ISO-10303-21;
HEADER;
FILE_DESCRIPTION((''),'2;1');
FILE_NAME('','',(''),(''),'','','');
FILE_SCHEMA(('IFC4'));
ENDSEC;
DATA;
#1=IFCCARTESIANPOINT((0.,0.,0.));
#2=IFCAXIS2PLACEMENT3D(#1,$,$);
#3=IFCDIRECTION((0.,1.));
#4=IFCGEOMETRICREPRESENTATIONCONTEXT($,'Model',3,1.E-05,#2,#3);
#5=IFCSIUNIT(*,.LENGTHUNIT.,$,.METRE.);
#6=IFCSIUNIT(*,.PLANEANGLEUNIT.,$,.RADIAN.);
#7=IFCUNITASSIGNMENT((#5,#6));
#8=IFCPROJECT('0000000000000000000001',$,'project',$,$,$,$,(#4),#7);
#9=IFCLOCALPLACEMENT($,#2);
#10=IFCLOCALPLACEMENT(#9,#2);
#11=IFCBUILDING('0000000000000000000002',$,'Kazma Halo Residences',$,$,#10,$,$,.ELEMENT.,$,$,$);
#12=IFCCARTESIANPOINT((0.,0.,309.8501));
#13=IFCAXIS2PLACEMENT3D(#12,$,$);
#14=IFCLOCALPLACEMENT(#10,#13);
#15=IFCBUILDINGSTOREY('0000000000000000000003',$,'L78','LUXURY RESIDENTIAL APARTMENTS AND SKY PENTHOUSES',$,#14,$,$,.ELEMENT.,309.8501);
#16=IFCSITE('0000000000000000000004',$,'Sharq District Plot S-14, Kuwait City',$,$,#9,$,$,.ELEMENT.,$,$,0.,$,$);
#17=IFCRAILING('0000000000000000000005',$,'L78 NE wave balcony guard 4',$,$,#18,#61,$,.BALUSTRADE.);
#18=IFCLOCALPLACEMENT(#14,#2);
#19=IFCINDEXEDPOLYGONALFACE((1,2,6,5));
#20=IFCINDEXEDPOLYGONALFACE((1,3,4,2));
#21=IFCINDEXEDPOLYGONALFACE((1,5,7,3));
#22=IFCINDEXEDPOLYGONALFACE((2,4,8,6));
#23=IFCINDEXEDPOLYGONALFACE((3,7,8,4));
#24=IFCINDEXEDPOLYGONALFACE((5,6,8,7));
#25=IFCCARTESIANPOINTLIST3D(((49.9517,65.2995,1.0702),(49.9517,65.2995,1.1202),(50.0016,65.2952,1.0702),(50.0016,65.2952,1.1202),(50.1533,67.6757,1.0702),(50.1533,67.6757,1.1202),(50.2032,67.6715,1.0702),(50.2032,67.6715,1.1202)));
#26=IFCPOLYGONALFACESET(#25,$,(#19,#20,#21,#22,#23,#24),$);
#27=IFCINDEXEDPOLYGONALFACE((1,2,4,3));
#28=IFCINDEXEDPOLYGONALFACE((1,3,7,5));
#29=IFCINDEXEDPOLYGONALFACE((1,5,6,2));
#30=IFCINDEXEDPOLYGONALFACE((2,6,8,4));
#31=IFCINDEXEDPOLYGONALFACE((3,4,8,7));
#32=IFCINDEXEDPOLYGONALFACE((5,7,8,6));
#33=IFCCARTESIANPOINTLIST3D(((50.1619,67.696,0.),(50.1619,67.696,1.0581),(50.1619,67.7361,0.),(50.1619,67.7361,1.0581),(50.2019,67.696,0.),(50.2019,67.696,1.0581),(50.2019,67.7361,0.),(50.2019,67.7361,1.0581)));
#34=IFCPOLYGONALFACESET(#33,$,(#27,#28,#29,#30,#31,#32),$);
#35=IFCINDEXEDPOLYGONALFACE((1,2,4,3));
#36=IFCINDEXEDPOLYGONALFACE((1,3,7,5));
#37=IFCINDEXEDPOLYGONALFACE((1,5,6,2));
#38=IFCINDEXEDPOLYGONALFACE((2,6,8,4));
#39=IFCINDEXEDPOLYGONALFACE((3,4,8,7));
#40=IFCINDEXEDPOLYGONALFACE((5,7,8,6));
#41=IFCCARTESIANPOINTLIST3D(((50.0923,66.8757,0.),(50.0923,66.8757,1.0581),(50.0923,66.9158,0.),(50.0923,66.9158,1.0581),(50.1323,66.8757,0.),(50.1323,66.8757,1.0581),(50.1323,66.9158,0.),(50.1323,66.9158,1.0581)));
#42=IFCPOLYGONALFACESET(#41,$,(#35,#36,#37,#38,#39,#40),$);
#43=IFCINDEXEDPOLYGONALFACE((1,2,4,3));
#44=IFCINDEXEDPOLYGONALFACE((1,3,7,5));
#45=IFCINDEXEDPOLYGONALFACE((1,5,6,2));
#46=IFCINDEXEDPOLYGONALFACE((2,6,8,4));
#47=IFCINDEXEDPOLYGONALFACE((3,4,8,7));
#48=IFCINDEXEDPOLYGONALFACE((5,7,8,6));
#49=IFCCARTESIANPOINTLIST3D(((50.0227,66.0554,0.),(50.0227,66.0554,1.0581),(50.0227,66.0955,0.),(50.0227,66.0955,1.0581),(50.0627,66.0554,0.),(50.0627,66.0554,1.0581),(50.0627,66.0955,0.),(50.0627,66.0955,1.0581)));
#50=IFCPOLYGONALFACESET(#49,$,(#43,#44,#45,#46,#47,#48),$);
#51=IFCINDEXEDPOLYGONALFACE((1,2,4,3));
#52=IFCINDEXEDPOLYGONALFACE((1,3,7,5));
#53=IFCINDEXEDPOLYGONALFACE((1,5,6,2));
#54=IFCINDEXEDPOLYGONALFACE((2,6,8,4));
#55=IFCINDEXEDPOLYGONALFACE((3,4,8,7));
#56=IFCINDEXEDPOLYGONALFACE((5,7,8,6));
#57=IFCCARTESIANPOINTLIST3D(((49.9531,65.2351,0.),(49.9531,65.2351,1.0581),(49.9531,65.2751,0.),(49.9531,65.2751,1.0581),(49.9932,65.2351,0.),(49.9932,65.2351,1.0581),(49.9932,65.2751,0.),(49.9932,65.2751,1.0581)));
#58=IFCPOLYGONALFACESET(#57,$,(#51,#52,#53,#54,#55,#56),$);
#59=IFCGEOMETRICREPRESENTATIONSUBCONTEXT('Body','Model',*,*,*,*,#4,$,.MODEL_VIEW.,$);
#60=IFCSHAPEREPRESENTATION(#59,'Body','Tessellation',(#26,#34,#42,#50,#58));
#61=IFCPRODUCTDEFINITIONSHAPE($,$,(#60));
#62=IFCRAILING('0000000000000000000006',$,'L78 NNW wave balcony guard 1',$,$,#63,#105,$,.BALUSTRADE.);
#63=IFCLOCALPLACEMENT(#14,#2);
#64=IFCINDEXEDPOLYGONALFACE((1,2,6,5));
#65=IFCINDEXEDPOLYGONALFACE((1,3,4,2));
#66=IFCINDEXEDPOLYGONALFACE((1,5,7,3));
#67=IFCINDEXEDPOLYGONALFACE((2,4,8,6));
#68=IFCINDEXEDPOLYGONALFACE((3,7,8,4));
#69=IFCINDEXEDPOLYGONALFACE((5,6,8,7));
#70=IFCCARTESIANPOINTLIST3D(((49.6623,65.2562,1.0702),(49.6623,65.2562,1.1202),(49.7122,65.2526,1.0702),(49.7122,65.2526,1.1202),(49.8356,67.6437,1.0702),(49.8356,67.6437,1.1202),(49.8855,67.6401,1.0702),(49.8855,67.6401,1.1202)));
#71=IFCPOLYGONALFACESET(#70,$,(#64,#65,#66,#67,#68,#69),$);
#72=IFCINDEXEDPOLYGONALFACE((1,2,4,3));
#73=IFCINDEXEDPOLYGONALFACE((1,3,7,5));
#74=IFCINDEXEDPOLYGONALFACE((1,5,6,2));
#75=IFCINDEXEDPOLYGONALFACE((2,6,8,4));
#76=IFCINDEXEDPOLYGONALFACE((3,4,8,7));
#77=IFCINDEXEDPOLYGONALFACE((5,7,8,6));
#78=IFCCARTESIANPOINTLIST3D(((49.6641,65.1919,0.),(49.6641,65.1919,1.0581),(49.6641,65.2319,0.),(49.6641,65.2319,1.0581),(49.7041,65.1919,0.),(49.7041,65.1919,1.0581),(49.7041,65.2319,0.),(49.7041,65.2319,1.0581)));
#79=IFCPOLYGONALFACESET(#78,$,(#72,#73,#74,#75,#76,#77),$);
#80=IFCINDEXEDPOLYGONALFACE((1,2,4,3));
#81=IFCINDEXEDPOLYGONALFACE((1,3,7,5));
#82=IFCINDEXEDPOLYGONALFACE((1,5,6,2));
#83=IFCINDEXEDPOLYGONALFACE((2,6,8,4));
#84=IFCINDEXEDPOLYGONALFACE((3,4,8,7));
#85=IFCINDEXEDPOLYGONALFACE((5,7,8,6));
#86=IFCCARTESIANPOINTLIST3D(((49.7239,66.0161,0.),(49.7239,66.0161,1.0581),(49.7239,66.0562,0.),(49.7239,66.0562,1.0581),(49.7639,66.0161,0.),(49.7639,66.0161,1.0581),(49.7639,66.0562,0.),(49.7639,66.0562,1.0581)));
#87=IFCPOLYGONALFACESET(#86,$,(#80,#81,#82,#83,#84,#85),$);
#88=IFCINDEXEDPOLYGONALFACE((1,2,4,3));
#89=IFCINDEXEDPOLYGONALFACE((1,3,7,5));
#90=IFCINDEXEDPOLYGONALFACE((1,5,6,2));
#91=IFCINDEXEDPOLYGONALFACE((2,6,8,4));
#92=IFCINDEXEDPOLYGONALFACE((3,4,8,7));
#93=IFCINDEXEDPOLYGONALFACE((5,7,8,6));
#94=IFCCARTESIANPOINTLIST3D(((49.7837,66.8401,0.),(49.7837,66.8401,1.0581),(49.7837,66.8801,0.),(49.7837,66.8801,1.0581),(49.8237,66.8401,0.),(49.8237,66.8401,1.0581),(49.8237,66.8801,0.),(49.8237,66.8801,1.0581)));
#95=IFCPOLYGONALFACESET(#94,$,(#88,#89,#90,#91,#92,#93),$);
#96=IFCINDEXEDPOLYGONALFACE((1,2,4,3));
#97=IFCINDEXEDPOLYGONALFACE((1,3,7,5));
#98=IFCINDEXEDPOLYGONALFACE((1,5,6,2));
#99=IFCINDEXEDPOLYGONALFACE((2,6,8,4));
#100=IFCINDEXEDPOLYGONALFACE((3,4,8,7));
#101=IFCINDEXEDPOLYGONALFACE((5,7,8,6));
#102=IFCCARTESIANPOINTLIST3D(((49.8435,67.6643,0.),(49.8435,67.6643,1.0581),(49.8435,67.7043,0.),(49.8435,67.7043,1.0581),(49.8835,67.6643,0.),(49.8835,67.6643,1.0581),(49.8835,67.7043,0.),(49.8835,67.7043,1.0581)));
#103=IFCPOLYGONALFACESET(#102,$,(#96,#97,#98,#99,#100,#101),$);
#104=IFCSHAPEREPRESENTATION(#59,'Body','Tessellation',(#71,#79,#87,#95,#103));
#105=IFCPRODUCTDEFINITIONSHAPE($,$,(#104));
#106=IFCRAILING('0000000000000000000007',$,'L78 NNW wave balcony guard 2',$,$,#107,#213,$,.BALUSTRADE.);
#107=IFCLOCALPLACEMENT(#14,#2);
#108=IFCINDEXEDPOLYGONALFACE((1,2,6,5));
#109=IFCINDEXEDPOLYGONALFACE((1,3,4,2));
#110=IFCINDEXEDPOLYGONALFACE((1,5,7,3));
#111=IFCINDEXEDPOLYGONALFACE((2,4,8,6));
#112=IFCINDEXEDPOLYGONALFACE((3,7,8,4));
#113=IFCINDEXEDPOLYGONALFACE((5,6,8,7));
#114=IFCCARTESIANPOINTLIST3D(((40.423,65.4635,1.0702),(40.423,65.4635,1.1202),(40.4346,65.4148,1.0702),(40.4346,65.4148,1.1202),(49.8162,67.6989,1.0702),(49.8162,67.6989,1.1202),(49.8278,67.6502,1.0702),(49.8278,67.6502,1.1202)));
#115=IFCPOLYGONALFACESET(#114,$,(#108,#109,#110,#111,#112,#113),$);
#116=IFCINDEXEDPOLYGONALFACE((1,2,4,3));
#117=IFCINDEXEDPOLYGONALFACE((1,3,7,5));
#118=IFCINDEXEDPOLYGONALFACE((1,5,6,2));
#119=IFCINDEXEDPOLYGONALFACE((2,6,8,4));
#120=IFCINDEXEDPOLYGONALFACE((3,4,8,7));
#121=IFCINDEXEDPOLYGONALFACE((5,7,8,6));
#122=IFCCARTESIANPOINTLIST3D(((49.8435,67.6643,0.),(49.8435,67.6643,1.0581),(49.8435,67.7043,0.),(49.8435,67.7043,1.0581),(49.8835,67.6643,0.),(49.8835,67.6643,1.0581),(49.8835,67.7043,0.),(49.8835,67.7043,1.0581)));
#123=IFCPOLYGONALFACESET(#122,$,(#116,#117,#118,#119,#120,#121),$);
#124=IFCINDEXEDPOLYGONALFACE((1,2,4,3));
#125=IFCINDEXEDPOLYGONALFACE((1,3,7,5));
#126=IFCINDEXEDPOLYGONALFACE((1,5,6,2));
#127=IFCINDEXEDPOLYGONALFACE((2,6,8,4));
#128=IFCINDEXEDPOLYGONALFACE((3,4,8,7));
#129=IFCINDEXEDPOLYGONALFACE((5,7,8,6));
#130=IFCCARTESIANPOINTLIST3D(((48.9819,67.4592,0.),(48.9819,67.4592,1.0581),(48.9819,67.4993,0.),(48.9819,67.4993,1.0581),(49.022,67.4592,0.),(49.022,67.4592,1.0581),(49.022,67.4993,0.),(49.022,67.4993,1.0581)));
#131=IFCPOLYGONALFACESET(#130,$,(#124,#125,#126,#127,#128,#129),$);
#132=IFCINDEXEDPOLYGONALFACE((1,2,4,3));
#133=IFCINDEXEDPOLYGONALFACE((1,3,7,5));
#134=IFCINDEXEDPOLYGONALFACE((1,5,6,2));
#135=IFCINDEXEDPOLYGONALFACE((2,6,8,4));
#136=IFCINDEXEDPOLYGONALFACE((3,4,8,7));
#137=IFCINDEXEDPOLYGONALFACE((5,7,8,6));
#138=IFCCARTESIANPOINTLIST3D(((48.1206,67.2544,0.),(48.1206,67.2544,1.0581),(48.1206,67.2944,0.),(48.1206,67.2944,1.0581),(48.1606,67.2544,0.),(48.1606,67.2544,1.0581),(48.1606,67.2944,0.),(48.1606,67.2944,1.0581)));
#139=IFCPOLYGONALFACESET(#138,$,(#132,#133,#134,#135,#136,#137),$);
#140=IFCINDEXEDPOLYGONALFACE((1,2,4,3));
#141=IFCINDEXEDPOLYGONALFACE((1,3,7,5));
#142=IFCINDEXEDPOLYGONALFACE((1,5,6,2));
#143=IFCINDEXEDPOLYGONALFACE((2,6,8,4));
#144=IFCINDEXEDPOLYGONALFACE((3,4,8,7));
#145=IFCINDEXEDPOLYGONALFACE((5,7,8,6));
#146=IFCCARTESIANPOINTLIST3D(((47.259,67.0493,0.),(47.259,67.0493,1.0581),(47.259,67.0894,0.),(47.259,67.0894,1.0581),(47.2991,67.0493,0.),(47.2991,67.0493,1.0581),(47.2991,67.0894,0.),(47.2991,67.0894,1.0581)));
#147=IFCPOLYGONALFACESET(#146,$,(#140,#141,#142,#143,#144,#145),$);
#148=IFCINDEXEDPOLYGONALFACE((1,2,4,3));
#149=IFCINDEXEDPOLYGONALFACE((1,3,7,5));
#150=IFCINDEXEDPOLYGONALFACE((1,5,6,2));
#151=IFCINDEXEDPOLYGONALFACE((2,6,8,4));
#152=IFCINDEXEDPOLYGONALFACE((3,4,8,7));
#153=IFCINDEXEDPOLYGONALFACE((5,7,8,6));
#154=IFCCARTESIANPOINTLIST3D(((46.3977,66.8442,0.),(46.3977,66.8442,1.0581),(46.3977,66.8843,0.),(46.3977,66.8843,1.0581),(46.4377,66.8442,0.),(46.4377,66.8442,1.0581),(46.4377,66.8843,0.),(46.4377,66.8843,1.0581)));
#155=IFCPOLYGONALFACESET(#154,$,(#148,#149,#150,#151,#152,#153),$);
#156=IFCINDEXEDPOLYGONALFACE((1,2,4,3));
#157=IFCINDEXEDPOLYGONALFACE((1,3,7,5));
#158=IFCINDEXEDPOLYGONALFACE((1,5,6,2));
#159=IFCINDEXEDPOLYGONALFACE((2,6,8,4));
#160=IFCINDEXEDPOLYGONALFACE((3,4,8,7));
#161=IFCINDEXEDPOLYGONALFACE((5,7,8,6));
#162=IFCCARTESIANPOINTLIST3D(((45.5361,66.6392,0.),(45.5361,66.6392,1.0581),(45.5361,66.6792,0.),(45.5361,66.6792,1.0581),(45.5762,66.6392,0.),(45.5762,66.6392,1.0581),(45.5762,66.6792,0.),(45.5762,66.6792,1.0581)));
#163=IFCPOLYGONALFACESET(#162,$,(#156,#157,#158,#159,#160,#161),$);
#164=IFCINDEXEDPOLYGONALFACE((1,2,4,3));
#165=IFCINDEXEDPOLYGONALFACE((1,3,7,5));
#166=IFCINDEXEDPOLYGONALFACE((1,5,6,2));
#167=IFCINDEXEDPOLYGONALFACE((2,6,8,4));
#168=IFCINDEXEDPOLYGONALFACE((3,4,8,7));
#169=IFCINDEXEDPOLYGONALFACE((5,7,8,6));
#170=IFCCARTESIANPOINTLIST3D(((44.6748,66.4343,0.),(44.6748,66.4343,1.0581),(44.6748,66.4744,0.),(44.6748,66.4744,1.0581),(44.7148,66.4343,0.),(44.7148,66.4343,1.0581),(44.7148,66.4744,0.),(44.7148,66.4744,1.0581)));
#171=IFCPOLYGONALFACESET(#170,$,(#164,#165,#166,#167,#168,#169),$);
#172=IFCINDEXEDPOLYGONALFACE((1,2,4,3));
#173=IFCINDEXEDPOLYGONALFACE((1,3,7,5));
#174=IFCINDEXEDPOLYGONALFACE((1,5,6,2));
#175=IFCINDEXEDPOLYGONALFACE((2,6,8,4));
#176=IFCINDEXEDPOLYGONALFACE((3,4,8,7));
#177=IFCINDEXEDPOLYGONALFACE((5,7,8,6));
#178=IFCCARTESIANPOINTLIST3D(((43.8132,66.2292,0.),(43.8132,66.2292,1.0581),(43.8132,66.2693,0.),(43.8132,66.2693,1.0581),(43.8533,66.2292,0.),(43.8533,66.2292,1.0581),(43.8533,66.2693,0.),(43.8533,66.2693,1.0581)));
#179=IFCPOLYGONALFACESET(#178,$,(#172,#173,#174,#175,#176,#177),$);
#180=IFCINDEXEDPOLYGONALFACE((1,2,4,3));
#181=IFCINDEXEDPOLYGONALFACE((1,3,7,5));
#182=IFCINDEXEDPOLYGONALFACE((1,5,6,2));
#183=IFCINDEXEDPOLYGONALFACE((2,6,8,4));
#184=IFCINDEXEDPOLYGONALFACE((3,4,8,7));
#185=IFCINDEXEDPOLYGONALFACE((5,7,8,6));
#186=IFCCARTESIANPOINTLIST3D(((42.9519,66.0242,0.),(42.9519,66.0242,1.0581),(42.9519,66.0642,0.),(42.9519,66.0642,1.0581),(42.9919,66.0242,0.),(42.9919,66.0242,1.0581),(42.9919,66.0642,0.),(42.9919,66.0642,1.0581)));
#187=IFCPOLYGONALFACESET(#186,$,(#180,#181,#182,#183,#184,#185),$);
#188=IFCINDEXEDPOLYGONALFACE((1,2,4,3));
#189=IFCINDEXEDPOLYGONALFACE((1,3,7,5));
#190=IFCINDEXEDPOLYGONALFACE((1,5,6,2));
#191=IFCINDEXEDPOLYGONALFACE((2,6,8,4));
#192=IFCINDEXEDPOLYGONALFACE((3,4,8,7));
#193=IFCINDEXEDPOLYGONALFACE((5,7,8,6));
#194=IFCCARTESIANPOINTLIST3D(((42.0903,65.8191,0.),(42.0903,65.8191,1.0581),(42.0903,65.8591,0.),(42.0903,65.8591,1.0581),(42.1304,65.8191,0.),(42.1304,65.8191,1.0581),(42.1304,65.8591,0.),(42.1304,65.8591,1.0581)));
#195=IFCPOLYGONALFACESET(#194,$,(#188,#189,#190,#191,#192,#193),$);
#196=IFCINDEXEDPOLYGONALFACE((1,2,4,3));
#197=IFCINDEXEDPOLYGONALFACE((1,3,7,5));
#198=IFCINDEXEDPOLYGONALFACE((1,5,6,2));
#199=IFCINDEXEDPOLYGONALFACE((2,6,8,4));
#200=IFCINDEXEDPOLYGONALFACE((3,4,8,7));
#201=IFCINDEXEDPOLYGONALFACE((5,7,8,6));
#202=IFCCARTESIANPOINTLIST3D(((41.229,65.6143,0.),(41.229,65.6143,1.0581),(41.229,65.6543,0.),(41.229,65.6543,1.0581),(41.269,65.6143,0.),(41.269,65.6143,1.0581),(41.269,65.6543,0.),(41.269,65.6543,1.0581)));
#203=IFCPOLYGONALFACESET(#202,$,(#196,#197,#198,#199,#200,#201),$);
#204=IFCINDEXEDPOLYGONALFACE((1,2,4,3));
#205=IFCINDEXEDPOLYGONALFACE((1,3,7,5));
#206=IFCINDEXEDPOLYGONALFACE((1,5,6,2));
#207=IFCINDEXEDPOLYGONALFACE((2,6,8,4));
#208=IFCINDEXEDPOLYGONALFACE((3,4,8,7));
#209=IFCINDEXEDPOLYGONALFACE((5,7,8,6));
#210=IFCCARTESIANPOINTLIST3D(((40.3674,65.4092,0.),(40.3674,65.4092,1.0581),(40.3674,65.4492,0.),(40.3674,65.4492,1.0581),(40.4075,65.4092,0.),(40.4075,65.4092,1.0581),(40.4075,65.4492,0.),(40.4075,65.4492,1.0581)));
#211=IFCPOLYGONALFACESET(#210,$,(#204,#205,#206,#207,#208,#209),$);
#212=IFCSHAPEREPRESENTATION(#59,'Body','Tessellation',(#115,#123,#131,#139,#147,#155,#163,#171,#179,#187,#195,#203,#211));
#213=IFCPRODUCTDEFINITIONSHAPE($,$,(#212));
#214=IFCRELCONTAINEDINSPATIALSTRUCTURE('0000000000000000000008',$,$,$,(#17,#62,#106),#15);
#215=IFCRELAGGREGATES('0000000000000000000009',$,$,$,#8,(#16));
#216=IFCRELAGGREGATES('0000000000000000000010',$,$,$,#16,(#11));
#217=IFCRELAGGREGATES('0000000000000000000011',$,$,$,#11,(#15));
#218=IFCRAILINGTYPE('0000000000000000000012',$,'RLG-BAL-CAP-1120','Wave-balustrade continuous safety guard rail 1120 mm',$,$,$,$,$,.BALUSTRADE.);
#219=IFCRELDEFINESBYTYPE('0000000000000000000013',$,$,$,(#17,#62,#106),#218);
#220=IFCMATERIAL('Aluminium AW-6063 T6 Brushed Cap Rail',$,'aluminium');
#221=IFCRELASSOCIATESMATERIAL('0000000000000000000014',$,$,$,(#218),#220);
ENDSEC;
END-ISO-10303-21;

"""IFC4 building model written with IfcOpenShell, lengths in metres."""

from ifc_helpers import new_model, si_unit, direction, frame, origin, origin_2d, place, context, subcontext, project, spatial, rectangle, extrude, material, type_object, element, save


model = new_model("IFC4")

# Units and contexts
model_context = context("Model", 3, precision=1e-05, world=origin(), true_north=direction((0.0, 1.0)))
body_context = subcontext(model_context, "Body", "Model", "MODEL_VIEW")
ifc_project = project(units=[si_unit("LENGTHUNIT", "METRE"), si_unit("PLANEANGLEUNIT", "RADIAN")], contexts=[model_context])

# Site, building, storey
site_placement = place(None, origin())
site = spatial("IfcSite", under=ifc_project, at=site_placement, Name="Sharq District Plot S-14, Kuwait City", CompositionType="ELEMENT", RefElevation=0.0)
building_placement = place(site_placement, origin())
building = spatial("IfcBuilding", under=site, at=building_placement, Name="Kazma Halo Residences", CompositionType="ELEMENT")
storey_placement = place(building_placement, frame((0.0, 0.0, 309.8501)))
storey = spatial("IfcBuildingStorey", under=building, at=storey_placement, Name="L78", Description="LUXURY RESIDENTIAL APARTMENTS AND SKY PENTHOUSES", CompositionType="ELEMENT", Elevation=309.8501)

# Railings
ifc_material_1 = material(Name="Aluminium AW-6063 T6 Brushed Cap Rail", Category="aluminium")
railing_type = type_object("IfcRailingType", Name="RLG-BAL-CAP-1120", Description="Wave-balustrade continuous safety guard rail 1120 mm", PredefinedType="BALUSTRADE", material=ifc_material_1)
railing_1_placement = place(storey_placement, frame((50.1819, 67.7161, 0.0)))
element("IfcRailing", 1, at=railing_1_placement, inside=storey, type_object=railing_type, Name="L78 NE wave balcony guard 4", PredefinedType="BALUSTRADE", context=body_context, shape_type="SweptSolid", body=[
    extrude(rectangle(XDim=0.05, YDim=0.05, at=origin_2d()), frame((-0.0037, -0.0425, 1.0952), z_axis=(-0.084518, -0.996422, 0.0), x_axis=(0.996422, -0.084518, 0.0)), (0.0, 0.0, 1.0), 2.3848),
    extrude(rectangle(XDim=0.04, YDim=0.04, at=origin_2d()), origin(), (0.0, 0.0, 1.0), 1.0581),
    extrude(rectangle(XDim=0.04, YDim=0.04, at=origin_2d()), frame((-0.0696, -0.8203, 0.0)), (0.0, 0.0, 1.0), 1.0581),
    extrude(rectangle(XDim=0.04, YDim=0.04, at=origin_2d()), frame((-0.1392, -1.6406, 0.0)), (0.0, 0.0, 1.0), 1.0581),
    extrude(rectangle(XDim=0.04, YDim=0.04, at=origin_2d()), frame((-0.2087, -2.4609, 0.0)), (0.0, 0.0, 1.0), 1.0581),
])
railing_2_placement = place(storey_placement, frame((49.6841, 65.2119, 0.0)))
element("IfcRailing", 2, at=railing_2_placement, inside=storey, type_object=railing_type, Name="L78 NNW wave balcony guard 1", PredefinedType="BALUSTRADE", context=body_context, shape_type="SweptSolid", body=[
    extrude(rectangle(XDim=0.05, YDim=0.05, at=origin_2d()), frame((0.0032, 0.0425, 1.0952), z_axis=(0.072388, 0.997377, 0.0), x_axis=(-0.997377, 0.072388, 0.0)), (0.0, 0.0, 1.0), 2.3938),
    extrude(rectangle(XDim=0.04, YDim=0.04, at=origin_2d()), origin(), (0.0, 0.0, 1.0), 1.0581),
    extrude(rectangle(XDim=0.04, YDim=0.04, at=origin_2d()), frame((0.0598, 0.8242, 0.0)), (0.0, 0.0, 1.0), 1.0581),
    extrude(rectangle(XDim=0.04, YDim=0.04, at=origin_2d()), frame((0.1196, 1.6482, 0.0)), (0.0, 0.0, 1.0), 1.0581),
    extrude(rectangle(XDim=0.04, YDim=0.04, at=origin_2d()), frame((0.1794, 2.4724, 0.0)), (0.0, 0.0, 1.0), 1.0581),
])
railing_3_placement = place(storey_placement, frame((49.8635, 67.6843, 0.0)))
element("IfcRailing", 3, at=railing_3_placement, inside=storey, type_object=railing_type, Name="L78 NNW wave balcony guard 2", PredefinedType="BALUSTRADE", context=body_context, shape_type="SweptSolid", body=[
    extrude(rectangle(XDim=0.05, YDim=0.05, at=origin_2d()), frame((-0.0415, -0.0098, 1.0952), z_axis=(-0.972831, -0.231515, 0.0), x_axis=(0.231515, -0.972831, 0.0)), (0.0, 0.0, 1.0), 9.6555),
    extrude(rectangle(XDim=0.04, YDim=0.04, at=origin_2d()), origin(), (0.0, 0.0, 1.0), 1.0581),
    extrude(rectangle(XDim=0.04, YDim=0.04, at=origin_2d()), frame((-0.8616, -0.2051, 0.0)), (0.0, 0.0, 1.0), 1.0581),
    extrude(rectangle(XDim=0.04, YDim=0.04, at=origin_2d()), frame((-1.7229, -0.4099, 0.0)), (0.0, 0.0, 1.0), 1.0581),
    extrude(rectangle(XDim=0.04, YDim=0.04, at=origin_2d()), frame((-2.5845, -0.615, 0.0)), (0.0, 0.0, 1.0), 1.0581),
    extrude(rectangle(XDim=0.04, YDim=0.04, at=origin_2d()), frame((-3.4458, -0.8201, 0.0)), (0.0, 0.0, 1.0), 1.0581),
    extrude(rectangle(XDim=0.04, YDim=0.04, at=origin_2d()), frame((-4.3074, -1.0251, 0.0)), (0.0, 0.0, 1.0), 1.0581),
    extrude(rectangle(XDim=0.04, YDim=0.04, at=origin_2d()), frame((-5.1687, -1.23, 0.0)), (0.0, 0.0, 1.0), 1.0581),
    extrude(rectangle(XDim=0.04, YDim=0.04, at=origin_2d()), frame((-6.0303, -1.4351, 0.0)), (0.0, 0.0, 1.0), 1.0581),
    extrude(rectangle(XDim=0.04, YDim=0.04, at=origin_2d()), frame((-6.8916, -1.6401, 0.0)), (0.0, 0.0, 1.0), 1.0581),
    extrude(rectangle(XDim=0.04, YDim=0.04, at=origin_2d()), frame((-7.7532, -1.8452, 0.0)), (0.0, 0.0, 1.0), 1.0581),
    extrude(rectangle(XDim=0.04, YDim=0.04, at=origin_2d()), frame((-8.6145, -2.05, 0.0)), (0.0, 0.0, 1.0), 1.0581),
    extrude(rectangle(XDim=0.04, YDim=0.04, at=origin_2d()), frame((-9.4761, -2.2551, 0.0)), (0.0, 0.0, 1.0), 1.0581),
])

save(model, "model.ifc")
